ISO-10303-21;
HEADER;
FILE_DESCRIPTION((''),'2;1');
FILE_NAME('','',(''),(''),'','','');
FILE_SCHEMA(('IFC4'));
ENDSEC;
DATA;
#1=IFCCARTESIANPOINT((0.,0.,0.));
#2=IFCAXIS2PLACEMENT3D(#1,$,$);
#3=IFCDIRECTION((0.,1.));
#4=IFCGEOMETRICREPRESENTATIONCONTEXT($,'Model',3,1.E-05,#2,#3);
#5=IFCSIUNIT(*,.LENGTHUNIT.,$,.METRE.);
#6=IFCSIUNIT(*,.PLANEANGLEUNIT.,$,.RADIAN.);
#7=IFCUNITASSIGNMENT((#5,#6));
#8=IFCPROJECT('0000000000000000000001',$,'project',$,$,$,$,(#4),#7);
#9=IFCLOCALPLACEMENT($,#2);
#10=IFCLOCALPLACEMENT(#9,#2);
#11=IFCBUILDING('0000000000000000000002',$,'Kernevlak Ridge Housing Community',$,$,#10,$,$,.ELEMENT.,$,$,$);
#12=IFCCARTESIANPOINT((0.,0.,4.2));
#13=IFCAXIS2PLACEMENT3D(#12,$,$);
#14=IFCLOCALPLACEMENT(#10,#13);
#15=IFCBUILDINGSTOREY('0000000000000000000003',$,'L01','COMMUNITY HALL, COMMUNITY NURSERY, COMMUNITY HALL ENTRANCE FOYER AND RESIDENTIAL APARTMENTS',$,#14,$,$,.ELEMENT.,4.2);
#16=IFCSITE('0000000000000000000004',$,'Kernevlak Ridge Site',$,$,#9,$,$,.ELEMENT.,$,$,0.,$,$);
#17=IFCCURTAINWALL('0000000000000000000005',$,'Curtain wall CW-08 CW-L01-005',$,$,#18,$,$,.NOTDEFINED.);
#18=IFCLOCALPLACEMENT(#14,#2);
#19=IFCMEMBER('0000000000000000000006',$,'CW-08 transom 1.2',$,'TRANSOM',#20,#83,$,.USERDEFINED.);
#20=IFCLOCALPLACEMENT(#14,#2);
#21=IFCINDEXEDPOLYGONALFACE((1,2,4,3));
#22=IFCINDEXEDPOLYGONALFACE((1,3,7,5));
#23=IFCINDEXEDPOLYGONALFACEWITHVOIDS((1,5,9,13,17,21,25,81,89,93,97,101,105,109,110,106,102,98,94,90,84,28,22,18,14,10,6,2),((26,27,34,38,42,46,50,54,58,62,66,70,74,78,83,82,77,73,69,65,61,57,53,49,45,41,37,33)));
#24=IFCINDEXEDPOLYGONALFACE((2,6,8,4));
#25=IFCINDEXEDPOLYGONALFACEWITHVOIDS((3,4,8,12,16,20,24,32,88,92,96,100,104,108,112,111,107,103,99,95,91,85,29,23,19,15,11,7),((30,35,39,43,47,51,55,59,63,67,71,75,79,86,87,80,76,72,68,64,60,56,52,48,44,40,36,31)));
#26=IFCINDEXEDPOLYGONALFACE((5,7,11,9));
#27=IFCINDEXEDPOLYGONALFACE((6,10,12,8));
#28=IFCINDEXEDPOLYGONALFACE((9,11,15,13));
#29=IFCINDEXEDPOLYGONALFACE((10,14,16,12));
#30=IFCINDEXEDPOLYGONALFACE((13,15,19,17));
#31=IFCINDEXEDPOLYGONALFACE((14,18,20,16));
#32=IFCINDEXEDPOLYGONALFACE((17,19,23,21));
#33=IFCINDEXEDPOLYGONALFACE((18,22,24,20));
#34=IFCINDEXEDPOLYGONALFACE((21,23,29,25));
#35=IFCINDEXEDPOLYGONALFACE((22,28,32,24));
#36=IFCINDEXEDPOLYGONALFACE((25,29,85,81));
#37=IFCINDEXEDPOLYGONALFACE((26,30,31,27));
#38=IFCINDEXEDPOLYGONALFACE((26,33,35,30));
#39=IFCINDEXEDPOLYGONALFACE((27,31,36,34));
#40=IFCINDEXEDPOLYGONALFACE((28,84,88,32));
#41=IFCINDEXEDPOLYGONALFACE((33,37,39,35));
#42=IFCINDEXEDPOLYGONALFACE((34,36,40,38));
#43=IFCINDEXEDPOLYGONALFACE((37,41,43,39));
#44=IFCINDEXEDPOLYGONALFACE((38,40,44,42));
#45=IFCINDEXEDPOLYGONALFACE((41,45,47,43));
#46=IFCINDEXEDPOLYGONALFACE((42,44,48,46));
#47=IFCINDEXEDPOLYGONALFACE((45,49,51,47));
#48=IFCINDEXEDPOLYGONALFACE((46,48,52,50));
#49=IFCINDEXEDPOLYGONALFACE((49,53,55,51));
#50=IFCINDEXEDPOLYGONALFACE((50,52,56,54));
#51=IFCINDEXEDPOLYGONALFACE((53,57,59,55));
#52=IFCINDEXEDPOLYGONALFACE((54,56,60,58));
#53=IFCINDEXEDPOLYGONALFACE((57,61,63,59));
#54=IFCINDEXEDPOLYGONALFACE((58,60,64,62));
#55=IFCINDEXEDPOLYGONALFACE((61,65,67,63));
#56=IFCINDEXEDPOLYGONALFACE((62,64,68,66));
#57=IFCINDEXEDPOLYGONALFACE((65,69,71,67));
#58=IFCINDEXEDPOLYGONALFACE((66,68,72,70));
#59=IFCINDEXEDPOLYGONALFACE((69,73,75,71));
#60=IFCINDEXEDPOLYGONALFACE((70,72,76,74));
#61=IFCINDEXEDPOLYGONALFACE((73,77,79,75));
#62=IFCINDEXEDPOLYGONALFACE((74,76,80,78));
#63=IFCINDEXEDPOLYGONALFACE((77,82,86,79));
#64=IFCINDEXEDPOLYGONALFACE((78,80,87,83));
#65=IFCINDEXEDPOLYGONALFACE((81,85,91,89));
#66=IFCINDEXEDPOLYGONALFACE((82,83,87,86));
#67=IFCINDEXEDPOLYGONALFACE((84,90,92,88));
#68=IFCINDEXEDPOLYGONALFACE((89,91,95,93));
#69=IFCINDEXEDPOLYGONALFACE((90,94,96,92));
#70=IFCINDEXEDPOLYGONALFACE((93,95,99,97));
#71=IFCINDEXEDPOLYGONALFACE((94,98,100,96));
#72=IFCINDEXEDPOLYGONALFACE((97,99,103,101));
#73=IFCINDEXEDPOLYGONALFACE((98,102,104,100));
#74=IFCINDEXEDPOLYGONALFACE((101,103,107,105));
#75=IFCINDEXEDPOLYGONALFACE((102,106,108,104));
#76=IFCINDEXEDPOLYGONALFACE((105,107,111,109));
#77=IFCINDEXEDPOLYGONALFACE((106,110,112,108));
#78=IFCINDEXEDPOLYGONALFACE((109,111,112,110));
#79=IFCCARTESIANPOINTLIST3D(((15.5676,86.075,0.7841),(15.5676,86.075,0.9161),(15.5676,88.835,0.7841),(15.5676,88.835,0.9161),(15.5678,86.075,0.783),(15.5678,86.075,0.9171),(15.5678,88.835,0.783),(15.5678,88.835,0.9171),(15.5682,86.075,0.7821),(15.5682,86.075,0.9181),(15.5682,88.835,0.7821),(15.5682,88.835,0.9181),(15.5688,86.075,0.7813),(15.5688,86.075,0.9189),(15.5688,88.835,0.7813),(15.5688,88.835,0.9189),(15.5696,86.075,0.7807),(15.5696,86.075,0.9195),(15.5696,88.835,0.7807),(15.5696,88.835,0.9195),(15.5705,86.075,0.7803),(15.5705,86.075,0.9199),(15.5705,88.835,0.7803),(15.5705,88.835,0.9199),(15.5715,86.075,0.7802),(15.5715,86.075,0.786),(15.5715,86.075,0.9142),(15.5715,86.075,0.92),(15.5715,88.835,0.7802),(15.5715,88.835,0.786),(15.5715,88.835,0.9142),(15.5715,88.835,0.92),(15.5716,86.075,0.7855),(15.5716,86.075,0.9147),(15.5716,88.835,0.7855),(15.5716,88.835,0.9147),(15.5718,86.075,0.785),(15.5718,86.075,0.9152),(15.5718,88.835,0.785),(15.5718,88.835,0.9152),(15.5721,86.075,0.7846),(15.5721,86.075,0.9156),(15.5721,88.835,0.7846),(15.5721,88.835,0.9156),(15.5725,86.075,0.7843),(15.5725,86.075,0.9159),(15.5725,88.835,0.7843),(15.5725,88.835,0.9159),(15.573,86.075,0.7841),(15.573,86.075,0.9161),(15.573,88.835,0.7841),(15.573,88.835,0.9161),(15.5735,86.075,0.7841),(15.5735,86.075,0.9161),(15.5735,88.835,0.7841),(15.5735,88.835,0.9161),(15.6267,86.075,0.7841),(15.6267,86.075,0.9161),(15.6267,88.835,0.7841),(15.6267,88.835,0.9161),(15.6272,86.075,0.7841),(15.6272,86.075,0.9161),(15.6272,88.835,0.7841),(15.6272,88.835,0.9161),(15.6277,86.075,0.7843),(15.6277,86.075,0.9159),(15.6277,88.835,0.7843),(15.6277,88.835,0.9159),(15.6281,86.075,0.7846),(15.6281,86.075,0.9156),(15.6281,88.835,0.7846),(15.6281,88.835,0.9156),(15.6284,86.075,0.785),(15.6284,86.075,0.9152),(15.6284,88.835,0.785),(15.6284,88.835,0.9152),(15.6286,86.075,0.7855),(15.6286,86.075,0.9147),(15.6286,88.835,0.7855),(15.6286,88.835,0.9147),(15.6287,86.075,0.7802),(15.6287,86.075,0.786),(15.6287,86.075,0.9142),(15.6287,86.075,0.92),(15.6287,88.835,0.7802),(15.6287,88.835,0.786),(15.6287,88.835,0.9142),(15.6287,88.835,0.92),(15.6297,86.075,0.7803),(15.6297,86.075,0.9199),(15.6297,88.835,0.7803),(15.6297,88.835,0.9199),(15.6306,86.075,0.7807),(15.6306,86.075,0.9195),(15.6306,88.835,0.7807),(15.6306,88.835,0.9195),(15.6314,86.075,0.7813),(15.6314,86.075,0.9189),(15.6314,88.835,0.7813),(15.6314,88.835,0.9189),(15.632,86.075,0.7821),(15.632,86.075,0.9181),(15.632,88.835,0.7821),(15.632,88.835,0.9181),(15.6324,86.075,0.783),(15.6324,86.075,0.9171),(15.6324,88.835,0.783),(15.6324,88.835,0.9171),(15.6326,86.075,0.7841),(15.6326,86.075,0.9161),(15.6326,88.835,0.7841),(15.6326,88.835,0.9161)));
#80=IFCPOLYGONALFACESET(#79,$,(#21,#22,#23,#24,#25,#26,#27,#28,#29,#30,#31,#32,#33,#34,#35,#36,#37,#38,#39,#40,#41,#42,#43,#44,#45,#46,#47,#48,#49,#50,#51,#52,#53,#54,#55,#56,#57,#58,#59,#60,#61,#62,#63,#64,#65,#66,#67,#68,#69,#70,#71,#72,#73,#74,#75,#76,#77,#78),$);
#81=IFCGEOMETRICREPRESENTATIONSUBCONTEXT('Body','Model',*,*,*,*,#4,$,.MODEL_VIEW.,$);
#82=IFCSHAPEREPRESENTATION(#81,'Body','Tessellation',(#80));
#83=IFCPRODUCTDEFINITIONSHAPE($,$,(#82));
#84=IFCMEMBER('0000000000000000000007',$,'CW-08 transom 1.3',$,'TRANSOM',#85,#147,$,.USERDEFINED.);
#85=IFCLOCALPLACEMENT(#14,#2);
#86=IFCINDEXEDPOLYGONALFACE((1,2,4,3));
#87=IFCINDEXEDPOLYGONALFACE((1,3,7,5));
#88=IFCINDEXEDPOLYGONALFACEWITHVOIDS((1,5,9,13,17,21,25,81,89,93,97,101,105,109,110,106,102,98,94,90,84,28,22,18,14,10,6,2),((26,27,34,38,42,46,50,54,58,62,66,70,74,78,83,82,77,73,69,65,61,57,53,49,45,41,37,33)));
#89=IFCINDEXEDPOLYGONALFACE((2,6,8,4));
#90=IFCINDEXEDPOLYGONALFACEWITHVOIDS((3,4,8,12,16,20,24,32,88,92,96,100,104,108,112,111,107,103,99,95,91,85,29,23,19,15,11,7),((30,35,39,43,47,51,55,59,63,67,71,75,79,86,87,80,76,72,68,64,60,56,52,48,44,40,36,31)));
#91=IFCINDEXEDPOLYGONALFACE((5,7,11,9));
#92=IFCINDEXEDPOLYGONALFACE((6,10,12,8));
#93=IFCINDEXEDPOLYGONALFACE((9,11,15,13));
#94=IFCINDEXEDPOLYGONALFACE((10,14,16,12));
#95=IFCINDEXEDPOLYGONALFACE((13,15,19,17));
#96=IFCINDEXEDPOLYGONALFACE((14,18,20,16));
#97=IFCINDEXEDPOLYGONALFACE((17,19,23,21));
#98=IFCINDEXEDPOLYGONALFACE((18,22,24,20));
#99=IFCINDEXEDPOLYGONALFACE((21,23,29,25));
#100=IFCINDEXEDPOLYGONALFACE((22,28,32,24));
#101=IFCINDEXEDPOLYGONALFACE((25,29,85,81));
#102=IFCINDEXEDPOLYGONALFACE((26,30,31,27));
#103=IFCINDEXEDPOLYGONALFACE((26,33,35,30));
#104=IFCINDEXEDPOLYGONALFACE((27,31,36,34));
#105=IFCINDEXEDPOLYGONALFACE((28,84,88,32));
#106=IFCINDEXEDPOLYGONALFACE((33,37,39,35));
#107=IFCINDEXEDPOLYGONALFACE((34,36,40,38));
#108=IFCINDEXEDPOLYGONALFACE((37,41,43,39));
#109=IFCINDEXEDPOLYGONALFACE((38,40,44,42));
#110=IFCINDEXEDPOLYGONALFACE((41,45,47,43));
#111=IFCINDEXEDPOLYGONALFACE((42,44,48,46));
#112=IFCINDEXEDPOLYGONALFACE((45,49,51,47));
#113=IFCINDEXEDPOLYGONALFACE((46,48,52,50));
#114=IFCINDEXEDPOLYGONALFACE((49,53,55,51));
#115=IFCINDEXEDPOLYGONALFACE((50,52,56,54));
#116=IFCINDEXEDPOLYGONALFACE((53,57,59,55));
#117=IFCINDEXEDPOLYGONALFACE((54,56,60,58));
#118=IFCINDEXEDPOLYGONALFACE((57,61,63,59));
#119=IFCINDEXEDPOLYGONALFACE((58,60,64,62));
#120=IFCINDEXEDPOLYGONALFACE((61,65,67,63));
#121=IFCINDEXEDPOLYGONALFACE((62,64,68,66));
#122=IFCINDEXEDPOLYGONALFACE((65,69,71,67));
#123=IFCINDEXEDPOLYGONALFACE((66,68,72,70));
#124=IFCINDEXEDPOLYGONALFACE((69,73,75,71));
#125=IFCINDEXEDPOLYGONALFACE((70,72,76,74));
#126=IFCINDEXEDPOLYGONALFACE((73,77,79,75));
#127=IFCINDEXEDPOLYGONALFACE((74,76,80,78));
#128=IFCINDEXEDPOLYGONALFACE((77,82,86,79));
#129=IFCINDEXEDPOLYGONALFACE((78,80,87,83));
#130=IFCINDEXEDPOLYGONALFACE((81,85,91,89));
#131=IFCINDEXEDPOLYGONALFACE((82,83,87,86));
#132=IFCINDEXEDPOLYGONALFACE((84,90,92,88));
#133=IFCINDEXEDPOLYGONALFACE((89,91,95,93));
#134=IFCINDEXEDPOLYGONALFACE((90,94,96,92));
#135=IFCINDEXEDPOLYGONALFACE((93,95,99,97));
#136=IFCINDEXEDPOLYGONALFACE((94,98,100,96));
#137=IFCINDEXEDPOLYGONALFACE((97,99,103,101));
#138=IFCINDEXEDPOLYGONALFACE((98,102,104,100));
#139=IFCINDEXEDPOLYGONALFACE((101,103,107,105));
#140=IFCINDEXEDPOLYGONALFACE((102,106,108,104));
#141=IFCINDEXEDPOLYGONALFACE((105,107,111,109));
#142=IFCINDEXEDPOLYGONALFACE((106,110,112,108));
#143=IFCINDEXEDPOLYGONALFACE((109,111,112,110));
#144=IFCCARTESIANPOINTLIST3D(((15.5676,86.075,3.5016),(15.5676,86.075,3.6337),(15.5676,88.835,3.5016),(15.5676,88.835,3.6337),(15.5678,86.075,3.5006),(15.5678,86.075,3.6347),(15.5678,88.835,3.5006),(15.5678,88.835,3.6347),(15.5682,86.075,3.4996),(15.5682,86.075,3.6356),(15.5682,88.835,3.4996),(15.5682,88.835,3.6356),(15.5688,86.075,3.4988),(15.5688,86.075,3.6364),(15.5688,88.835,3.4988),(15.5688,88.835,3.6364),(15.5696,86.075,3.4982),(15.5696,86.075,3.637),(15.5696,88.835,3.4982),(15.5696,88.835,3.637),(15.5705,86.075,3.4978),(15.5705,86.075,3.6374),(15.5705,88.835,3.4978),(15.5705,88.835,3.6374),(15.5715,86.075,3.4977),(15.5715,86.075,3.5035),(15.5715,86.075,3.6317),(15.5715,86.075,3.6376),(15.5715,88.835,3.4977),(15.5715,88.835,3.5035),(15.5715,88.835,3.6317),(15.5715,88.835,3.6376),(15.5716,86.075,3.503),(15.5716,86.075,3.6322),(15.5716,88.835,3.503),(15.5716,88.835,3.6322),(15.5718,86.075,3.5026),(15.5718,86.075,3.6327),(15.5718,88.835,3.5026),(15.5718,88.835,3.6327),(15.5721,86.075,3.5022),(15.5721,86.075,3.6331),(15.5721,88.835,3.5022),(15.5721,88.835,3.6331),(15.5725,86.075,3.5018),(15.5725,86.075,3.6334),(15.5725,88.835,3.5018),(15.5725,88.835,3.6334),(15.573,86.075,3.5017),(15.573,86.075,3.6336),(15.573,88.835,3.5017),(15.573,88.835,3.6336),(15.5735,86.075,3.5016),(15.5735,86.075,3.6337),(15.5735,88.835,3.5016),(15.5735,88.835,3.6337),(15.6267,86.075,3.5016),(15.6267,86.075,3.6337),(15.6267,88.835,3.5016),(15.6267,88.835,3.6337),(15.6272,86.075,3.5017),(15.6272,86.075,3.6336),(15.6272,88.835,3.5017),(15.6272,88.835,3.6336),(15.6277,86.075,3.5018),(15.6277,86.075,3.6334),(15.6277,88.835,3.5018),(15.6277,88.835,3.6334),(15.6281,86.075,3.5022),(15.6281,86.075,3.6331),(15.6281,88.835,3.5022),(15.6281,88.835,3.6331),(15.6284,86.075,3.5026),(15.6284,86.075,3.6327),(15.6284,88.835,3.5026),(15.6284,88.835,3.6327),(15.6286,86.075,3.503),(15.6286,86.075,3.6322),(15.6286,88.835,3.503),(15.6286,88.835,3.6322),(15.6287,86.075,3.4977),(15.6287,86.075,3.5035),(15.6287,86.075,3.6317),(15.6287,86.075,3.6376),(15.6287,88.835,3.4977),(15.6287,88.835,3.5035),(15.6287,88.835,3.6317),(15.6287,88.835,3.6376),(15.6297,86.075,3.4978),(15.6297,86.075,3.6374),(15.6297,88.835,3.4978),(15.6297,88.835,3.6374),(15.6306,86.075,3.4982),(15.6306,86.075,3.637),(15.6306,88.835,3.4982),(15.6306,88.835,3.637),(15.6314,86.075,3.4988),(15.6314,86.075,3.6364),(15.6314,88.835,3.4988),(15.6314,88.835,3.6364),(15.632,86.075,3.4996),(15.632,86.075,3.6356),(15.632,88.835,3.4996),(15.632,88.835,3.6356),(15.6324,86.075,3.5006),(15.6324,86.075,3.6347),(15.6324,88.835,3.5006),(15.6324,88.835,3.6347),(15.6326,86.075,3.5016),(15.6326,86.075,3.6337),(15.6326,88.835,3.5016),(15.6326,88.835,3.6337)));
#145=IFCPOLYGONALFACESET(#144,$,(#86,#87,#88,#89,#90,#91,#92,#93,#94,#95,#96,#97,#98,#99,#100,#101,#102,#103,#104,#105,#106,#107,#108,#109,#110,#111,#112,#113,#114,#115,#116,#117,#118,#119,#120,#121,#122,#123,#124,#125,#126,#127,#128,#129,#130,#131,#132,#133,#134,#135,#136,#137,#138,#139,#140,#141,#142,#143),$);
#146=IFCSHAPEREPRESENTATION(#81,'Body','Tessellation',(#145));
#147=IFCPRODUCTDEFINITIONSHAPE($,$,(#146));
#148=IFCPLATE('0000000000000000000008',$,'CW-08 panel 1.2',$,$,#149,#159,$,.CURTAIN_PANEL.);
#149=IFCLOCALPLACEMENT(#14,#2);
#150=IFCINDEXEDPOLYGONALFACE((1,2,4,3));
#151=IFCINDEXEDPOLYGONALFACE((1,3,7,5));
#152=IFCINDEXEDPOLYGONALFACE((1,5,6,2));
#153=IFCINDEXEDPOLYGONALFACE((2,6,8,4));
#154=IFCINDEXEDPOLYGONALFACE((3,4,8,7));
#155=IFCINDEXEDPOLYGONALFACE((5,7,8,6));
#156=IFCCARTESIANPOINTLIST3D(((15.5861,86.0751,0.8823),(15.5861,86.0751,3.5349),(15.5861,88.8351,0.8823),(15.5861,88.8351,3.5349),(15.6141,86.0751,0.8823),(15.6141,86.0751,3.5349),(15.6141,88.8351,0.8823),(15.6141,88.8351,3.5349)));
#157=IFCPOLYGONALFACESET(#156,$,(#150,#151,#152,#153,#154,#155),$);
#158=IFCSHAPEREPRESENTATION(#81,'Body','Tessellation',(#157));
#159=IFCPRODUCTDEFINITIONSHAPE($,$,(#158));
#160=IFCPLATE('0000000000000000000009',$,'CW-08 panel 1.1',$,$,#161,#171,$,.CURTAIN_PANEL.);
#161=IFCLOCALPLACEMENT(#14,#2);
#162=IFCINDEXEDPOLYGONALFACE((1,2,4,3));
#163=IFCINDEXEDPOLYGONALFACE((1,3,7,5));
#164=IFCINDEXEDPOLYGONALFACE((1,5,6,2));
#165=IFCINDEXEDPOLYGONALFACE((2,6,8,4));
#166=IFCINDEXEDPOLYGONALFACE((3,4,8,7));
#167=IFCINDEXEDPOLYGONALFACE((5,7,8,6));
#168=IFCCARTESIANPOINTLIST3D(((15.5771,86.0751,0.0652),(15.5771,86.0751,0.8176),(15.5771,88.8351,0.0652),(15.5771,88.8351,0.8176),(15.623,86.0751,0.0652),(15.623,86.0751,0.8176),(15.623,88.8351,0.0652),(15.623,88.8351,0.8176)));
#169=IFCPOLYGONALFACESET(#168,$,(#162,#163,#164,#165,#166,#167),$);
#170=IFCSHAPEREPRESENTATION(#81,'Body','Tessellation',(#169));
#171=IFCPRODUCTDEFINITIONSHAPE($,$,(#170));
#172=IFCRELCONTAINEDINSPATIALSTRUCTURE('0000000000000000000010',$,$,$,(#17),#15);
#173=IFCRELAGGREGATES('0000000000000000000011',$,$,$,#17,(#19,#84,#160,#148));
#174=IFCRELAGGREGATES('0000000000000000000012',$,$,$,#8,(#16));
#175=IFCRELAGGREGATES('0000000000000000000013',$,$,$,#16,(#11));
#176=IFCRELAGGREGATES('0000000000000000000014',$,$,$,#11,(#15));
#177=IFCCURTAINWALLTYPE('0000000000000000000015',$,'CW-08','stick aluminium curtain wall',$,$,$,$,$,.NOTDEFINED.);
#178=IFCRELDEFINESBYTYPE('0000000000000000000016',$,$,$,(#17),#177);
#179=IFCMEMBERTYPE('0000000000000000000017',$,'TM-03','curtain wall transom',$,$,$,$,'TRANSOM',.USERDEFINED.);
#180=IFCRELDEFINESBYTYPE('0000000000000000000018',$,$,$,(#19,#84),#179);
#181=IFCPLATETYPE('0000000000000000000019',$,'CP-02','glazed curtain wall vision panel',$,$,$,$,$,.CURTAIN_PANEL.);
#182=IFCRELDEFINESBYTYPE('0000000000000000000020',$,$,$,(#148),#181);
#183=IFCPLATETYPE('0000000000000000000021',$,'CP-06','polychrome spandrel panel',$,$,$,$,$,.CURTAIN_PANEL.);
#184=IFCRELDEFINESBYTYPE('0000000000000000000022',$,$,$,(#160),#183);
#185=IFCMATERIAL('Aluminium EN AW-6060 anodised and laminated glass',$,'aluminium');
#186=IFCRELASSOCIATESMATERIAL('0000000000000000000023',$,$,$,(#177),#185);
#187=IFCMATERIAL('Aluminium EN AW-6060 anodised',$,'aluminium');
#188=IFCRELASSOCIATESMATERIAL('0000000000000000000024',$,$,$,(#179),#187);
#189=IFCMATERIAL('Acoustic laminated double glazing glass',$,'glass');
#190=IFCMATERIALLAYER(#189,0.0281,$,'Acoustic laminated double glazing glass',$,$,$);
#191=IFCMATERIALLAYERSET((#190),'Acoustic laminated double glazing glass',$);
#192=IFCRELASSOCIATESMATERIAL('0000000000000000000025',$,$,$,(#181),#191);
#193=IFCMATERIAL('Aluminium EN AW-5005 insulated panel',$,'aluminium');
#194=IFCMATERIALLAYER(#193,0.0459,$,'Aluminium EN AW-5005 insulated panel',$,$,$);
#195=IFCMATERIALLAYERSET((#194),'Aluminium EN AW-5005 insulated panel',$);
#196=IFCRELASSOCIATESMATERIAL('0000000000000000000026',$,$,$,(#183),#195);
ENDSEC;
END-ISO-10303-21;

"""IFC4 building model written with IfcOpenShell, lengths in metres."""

from ifc_helpers import new_model, si_unit, direction, frame, origin, origin_2d, place, context, subcontext, project, spatial, rectangle, hollow_rectangle, extrude, material, layer, layer_set, material_profile, profile_set, type_object, element, aggregate, save


model = new_model("IFC4")

# Units and contexts
model_context = context("Model", 3, precision=1e-05, world=origin(), true_north=direction((0.0, 1.0)))
body_context = subcontext(model_context, "Body", "Model", "MODEL_VIEW")
ifc_project = project(units=[si_unit("LENGTHUNIT", "METRE"), si_unit("PLANEANGLEUNIT", "RADIAN")], contexts=[model_context])

# Site, building, storey
site_placement = place(None, origin())
site = spatial("IfcSite", under=ifc_project, at=site_placement, Name="Kernevlak Ridge Site", CompositionType="ELEMENT", RefElevation=0.0)
building_placement = place(site_placement, origin())
building = spatial("IfcBuilding", under=site, at=building_placement, Name="Kernevlak Ridge Housing Community", CompositionType="ELEMENT")
storey_placement = place(building_placement, frame((0.0, 0.0, 4.2)))
storey = spatial("IfcBuildingStorey", under=building, at=storey_placement, Name="L01", Description="COMMUNITY HALL, COMMUNITY NURSERY, COMMUNITY HALL ENTRANCE FOYER AND RESIDENTIAL APARTMENTS", CompositionType="ELEMENT", Elevation=4.2)

# Shared definitions
ifc_material_1 = material(Name="Aluminium EN AW-6060 anodised and laminated glass", Category="aluminium")
ifc_material_2 = material(Name="Aluminium EN AW-6060 anodised", Category="aluminium")

# Curtain wall, members, plates
curtain_wall_type_1 = type_object("IfcCurtainWallType", Name="CW-08", Description="stick aluminium curtain wall", PredefinedType="NOTDEFINED", material=ifc_material_1)
curtain_wall_1_placement = place(storey_placement, origin())
curtain_wall_1 = element("IfcCurtainWall", 1, at=curtain_wall_1_placement, inside=storey, type_object=curtain_wall_type_1, Name="Curtain wall CW-08 CW-L01-005", PredefinedType="NOTDEFINED")
ifc_material_profile_1 = material_profile(ifc_material_2, hollow_rectangle(XDim=0.0649, YDim=0.1399, WallThickness=0.0039, InnerFilletRadius=0.002, OuterFilletRadius=0.0039, at=origin_2d()), Name="ALU 65x140x4")
ifc_profile_set_1 = profile_set([ifc_material_profile_1], Name="Aluminium EN AW-6060 anodised")
member_type_1 = type_object("IfcMemberType", Name="TM-03", Description="curtain wall transom", ElementType="TRANSOM", PredefinedType="USERDEFINED", material=ifc_profile_set_1)
member_1_placement = place(storey_placement, frame((15.6001, 86.075, 0.8501), z_axis=(0.0, 1.0, 0.0), x_axis=(-1.0, 0.0, 0.0)))
member_1 = element("IfcMember", 2, at=member_1_placement, type_object=member_type_1, Name="CW-08 transom 1.2", ObjectType="TRANSOM", PredefinedType="USERDEFINED", context=body_context, shape_type="SweptSolid", body=[
    extrude(hollow_rectangle(XDim=0.0649, YDim=0.1399, WallThickness=0.0039, InnerFilletRadius=0.002, OuterFilletRadius=0.0039, at=origin_2d()), origin(), (0.0, 0.0, 1.0), 2.76),
])
member_2_placement = place(storey_placement, frame((15.6001, 86.075, 3.5676), z_axis=(0.0, 1.0, 0.0), x_axis=(-1.0, 0.0, 0.0)))
member_2 = element("IfcMember", 3, at=member_2_placement, type_object=member_type_1, Name="CW-08 transom 1.3", ObjectType="TRANSOM", PredefinedType="USERDEFINED", context=body_context, shape_type="SweptSolid", body=[
    extrude(hollow_rectangle(XDim=0.0649, YDim=0.1399, WallThickness=0.0039, InnerFilletRadius=0.002, OuterFilletRadius=0.0039, at=origin_2d()), origin(), (0.0, 0.0, 1.0), 2.76),
])
ifc_material_3 = material(Name="Acoustic laminated double glazing glass", Category="glass")
ifc_layer_1 = layer(ifc_material_3, 0.0281, Name="Acoustic laminated double glazing glass")
ifc_layer_set_1 = layer_set([ifc_layer_1], Name="Acoustic laminated double glazing glass")
plate_type_1 = type_object("IfcPlateType", Name="CP-02", Description="glazed curtain wall vision panel", PredefinedType="CURTAIN_PANEL", material=ifc_layer_set_1)
plate_1_placement = place(storey_placement, frame((15.6001, 87.4551, 0.8823), z_axis=(0.0, 0.0, 1.0), x_axis=(0.0, 1.0, 0.0)))
plate_1 = element("IfcPlate", 4, at=plate_1_placement, type_object=plate_type_1, Name="CW-08 panel 1.2", PredefinedType="CURTAIN_PANEL", context=body_context, shape_type="SweptSolid", body=[
    extrude(rectangle(XDim=2.76, YDim=0.0281, at=origin_2d()), origin(), (0.0, 0.0, 1.0), 2.6526),
])
ifc_material_4 = material(Name="Aluminium EN AW-5005 insulated panel", Category="aluminium")
ifc_layer_2 = layer(ifc_material_4, 0.0459, Name="Aluminium EN AW-5005 insulated panel")
ifc_layer_set_2 = layer_set([ifc_layer_2], Name="Aluminium EN AW-5005 insulated panel")
plate_type_2 = type_object("IfcPlateType", Name="CP-06", Description="polychrome spandrel panel", PredefinedType="CURTAIN_PANEL", material=ifc_layer_set_2)
plate_2_placement = place(storey_placement, frame((15.6001, 87.4551, 0.0652), z_axis=(0.0, 0.0, 1.0), x_axis=(0.0, 1.0, 0.0)))
plate_2 = element("IfcPlate", 5, at=plate_2_placement, type_object=plate_type_2, Name="CW-08 panel 1.1", PredefinedType="CURTAIN_PANEL", context=body_context, shape_type="SweptSolid", body=[
    extrude(rectangle(XDim=2.76, YDim=0.0459, at=origin_2d()), origin(), (0.0, 0.0, 1.0), 0.7524),
])
aggregate(curtain_wall_1, [member_1, member_2, plate_2, plate_1])

save(model, "model.ifc")
